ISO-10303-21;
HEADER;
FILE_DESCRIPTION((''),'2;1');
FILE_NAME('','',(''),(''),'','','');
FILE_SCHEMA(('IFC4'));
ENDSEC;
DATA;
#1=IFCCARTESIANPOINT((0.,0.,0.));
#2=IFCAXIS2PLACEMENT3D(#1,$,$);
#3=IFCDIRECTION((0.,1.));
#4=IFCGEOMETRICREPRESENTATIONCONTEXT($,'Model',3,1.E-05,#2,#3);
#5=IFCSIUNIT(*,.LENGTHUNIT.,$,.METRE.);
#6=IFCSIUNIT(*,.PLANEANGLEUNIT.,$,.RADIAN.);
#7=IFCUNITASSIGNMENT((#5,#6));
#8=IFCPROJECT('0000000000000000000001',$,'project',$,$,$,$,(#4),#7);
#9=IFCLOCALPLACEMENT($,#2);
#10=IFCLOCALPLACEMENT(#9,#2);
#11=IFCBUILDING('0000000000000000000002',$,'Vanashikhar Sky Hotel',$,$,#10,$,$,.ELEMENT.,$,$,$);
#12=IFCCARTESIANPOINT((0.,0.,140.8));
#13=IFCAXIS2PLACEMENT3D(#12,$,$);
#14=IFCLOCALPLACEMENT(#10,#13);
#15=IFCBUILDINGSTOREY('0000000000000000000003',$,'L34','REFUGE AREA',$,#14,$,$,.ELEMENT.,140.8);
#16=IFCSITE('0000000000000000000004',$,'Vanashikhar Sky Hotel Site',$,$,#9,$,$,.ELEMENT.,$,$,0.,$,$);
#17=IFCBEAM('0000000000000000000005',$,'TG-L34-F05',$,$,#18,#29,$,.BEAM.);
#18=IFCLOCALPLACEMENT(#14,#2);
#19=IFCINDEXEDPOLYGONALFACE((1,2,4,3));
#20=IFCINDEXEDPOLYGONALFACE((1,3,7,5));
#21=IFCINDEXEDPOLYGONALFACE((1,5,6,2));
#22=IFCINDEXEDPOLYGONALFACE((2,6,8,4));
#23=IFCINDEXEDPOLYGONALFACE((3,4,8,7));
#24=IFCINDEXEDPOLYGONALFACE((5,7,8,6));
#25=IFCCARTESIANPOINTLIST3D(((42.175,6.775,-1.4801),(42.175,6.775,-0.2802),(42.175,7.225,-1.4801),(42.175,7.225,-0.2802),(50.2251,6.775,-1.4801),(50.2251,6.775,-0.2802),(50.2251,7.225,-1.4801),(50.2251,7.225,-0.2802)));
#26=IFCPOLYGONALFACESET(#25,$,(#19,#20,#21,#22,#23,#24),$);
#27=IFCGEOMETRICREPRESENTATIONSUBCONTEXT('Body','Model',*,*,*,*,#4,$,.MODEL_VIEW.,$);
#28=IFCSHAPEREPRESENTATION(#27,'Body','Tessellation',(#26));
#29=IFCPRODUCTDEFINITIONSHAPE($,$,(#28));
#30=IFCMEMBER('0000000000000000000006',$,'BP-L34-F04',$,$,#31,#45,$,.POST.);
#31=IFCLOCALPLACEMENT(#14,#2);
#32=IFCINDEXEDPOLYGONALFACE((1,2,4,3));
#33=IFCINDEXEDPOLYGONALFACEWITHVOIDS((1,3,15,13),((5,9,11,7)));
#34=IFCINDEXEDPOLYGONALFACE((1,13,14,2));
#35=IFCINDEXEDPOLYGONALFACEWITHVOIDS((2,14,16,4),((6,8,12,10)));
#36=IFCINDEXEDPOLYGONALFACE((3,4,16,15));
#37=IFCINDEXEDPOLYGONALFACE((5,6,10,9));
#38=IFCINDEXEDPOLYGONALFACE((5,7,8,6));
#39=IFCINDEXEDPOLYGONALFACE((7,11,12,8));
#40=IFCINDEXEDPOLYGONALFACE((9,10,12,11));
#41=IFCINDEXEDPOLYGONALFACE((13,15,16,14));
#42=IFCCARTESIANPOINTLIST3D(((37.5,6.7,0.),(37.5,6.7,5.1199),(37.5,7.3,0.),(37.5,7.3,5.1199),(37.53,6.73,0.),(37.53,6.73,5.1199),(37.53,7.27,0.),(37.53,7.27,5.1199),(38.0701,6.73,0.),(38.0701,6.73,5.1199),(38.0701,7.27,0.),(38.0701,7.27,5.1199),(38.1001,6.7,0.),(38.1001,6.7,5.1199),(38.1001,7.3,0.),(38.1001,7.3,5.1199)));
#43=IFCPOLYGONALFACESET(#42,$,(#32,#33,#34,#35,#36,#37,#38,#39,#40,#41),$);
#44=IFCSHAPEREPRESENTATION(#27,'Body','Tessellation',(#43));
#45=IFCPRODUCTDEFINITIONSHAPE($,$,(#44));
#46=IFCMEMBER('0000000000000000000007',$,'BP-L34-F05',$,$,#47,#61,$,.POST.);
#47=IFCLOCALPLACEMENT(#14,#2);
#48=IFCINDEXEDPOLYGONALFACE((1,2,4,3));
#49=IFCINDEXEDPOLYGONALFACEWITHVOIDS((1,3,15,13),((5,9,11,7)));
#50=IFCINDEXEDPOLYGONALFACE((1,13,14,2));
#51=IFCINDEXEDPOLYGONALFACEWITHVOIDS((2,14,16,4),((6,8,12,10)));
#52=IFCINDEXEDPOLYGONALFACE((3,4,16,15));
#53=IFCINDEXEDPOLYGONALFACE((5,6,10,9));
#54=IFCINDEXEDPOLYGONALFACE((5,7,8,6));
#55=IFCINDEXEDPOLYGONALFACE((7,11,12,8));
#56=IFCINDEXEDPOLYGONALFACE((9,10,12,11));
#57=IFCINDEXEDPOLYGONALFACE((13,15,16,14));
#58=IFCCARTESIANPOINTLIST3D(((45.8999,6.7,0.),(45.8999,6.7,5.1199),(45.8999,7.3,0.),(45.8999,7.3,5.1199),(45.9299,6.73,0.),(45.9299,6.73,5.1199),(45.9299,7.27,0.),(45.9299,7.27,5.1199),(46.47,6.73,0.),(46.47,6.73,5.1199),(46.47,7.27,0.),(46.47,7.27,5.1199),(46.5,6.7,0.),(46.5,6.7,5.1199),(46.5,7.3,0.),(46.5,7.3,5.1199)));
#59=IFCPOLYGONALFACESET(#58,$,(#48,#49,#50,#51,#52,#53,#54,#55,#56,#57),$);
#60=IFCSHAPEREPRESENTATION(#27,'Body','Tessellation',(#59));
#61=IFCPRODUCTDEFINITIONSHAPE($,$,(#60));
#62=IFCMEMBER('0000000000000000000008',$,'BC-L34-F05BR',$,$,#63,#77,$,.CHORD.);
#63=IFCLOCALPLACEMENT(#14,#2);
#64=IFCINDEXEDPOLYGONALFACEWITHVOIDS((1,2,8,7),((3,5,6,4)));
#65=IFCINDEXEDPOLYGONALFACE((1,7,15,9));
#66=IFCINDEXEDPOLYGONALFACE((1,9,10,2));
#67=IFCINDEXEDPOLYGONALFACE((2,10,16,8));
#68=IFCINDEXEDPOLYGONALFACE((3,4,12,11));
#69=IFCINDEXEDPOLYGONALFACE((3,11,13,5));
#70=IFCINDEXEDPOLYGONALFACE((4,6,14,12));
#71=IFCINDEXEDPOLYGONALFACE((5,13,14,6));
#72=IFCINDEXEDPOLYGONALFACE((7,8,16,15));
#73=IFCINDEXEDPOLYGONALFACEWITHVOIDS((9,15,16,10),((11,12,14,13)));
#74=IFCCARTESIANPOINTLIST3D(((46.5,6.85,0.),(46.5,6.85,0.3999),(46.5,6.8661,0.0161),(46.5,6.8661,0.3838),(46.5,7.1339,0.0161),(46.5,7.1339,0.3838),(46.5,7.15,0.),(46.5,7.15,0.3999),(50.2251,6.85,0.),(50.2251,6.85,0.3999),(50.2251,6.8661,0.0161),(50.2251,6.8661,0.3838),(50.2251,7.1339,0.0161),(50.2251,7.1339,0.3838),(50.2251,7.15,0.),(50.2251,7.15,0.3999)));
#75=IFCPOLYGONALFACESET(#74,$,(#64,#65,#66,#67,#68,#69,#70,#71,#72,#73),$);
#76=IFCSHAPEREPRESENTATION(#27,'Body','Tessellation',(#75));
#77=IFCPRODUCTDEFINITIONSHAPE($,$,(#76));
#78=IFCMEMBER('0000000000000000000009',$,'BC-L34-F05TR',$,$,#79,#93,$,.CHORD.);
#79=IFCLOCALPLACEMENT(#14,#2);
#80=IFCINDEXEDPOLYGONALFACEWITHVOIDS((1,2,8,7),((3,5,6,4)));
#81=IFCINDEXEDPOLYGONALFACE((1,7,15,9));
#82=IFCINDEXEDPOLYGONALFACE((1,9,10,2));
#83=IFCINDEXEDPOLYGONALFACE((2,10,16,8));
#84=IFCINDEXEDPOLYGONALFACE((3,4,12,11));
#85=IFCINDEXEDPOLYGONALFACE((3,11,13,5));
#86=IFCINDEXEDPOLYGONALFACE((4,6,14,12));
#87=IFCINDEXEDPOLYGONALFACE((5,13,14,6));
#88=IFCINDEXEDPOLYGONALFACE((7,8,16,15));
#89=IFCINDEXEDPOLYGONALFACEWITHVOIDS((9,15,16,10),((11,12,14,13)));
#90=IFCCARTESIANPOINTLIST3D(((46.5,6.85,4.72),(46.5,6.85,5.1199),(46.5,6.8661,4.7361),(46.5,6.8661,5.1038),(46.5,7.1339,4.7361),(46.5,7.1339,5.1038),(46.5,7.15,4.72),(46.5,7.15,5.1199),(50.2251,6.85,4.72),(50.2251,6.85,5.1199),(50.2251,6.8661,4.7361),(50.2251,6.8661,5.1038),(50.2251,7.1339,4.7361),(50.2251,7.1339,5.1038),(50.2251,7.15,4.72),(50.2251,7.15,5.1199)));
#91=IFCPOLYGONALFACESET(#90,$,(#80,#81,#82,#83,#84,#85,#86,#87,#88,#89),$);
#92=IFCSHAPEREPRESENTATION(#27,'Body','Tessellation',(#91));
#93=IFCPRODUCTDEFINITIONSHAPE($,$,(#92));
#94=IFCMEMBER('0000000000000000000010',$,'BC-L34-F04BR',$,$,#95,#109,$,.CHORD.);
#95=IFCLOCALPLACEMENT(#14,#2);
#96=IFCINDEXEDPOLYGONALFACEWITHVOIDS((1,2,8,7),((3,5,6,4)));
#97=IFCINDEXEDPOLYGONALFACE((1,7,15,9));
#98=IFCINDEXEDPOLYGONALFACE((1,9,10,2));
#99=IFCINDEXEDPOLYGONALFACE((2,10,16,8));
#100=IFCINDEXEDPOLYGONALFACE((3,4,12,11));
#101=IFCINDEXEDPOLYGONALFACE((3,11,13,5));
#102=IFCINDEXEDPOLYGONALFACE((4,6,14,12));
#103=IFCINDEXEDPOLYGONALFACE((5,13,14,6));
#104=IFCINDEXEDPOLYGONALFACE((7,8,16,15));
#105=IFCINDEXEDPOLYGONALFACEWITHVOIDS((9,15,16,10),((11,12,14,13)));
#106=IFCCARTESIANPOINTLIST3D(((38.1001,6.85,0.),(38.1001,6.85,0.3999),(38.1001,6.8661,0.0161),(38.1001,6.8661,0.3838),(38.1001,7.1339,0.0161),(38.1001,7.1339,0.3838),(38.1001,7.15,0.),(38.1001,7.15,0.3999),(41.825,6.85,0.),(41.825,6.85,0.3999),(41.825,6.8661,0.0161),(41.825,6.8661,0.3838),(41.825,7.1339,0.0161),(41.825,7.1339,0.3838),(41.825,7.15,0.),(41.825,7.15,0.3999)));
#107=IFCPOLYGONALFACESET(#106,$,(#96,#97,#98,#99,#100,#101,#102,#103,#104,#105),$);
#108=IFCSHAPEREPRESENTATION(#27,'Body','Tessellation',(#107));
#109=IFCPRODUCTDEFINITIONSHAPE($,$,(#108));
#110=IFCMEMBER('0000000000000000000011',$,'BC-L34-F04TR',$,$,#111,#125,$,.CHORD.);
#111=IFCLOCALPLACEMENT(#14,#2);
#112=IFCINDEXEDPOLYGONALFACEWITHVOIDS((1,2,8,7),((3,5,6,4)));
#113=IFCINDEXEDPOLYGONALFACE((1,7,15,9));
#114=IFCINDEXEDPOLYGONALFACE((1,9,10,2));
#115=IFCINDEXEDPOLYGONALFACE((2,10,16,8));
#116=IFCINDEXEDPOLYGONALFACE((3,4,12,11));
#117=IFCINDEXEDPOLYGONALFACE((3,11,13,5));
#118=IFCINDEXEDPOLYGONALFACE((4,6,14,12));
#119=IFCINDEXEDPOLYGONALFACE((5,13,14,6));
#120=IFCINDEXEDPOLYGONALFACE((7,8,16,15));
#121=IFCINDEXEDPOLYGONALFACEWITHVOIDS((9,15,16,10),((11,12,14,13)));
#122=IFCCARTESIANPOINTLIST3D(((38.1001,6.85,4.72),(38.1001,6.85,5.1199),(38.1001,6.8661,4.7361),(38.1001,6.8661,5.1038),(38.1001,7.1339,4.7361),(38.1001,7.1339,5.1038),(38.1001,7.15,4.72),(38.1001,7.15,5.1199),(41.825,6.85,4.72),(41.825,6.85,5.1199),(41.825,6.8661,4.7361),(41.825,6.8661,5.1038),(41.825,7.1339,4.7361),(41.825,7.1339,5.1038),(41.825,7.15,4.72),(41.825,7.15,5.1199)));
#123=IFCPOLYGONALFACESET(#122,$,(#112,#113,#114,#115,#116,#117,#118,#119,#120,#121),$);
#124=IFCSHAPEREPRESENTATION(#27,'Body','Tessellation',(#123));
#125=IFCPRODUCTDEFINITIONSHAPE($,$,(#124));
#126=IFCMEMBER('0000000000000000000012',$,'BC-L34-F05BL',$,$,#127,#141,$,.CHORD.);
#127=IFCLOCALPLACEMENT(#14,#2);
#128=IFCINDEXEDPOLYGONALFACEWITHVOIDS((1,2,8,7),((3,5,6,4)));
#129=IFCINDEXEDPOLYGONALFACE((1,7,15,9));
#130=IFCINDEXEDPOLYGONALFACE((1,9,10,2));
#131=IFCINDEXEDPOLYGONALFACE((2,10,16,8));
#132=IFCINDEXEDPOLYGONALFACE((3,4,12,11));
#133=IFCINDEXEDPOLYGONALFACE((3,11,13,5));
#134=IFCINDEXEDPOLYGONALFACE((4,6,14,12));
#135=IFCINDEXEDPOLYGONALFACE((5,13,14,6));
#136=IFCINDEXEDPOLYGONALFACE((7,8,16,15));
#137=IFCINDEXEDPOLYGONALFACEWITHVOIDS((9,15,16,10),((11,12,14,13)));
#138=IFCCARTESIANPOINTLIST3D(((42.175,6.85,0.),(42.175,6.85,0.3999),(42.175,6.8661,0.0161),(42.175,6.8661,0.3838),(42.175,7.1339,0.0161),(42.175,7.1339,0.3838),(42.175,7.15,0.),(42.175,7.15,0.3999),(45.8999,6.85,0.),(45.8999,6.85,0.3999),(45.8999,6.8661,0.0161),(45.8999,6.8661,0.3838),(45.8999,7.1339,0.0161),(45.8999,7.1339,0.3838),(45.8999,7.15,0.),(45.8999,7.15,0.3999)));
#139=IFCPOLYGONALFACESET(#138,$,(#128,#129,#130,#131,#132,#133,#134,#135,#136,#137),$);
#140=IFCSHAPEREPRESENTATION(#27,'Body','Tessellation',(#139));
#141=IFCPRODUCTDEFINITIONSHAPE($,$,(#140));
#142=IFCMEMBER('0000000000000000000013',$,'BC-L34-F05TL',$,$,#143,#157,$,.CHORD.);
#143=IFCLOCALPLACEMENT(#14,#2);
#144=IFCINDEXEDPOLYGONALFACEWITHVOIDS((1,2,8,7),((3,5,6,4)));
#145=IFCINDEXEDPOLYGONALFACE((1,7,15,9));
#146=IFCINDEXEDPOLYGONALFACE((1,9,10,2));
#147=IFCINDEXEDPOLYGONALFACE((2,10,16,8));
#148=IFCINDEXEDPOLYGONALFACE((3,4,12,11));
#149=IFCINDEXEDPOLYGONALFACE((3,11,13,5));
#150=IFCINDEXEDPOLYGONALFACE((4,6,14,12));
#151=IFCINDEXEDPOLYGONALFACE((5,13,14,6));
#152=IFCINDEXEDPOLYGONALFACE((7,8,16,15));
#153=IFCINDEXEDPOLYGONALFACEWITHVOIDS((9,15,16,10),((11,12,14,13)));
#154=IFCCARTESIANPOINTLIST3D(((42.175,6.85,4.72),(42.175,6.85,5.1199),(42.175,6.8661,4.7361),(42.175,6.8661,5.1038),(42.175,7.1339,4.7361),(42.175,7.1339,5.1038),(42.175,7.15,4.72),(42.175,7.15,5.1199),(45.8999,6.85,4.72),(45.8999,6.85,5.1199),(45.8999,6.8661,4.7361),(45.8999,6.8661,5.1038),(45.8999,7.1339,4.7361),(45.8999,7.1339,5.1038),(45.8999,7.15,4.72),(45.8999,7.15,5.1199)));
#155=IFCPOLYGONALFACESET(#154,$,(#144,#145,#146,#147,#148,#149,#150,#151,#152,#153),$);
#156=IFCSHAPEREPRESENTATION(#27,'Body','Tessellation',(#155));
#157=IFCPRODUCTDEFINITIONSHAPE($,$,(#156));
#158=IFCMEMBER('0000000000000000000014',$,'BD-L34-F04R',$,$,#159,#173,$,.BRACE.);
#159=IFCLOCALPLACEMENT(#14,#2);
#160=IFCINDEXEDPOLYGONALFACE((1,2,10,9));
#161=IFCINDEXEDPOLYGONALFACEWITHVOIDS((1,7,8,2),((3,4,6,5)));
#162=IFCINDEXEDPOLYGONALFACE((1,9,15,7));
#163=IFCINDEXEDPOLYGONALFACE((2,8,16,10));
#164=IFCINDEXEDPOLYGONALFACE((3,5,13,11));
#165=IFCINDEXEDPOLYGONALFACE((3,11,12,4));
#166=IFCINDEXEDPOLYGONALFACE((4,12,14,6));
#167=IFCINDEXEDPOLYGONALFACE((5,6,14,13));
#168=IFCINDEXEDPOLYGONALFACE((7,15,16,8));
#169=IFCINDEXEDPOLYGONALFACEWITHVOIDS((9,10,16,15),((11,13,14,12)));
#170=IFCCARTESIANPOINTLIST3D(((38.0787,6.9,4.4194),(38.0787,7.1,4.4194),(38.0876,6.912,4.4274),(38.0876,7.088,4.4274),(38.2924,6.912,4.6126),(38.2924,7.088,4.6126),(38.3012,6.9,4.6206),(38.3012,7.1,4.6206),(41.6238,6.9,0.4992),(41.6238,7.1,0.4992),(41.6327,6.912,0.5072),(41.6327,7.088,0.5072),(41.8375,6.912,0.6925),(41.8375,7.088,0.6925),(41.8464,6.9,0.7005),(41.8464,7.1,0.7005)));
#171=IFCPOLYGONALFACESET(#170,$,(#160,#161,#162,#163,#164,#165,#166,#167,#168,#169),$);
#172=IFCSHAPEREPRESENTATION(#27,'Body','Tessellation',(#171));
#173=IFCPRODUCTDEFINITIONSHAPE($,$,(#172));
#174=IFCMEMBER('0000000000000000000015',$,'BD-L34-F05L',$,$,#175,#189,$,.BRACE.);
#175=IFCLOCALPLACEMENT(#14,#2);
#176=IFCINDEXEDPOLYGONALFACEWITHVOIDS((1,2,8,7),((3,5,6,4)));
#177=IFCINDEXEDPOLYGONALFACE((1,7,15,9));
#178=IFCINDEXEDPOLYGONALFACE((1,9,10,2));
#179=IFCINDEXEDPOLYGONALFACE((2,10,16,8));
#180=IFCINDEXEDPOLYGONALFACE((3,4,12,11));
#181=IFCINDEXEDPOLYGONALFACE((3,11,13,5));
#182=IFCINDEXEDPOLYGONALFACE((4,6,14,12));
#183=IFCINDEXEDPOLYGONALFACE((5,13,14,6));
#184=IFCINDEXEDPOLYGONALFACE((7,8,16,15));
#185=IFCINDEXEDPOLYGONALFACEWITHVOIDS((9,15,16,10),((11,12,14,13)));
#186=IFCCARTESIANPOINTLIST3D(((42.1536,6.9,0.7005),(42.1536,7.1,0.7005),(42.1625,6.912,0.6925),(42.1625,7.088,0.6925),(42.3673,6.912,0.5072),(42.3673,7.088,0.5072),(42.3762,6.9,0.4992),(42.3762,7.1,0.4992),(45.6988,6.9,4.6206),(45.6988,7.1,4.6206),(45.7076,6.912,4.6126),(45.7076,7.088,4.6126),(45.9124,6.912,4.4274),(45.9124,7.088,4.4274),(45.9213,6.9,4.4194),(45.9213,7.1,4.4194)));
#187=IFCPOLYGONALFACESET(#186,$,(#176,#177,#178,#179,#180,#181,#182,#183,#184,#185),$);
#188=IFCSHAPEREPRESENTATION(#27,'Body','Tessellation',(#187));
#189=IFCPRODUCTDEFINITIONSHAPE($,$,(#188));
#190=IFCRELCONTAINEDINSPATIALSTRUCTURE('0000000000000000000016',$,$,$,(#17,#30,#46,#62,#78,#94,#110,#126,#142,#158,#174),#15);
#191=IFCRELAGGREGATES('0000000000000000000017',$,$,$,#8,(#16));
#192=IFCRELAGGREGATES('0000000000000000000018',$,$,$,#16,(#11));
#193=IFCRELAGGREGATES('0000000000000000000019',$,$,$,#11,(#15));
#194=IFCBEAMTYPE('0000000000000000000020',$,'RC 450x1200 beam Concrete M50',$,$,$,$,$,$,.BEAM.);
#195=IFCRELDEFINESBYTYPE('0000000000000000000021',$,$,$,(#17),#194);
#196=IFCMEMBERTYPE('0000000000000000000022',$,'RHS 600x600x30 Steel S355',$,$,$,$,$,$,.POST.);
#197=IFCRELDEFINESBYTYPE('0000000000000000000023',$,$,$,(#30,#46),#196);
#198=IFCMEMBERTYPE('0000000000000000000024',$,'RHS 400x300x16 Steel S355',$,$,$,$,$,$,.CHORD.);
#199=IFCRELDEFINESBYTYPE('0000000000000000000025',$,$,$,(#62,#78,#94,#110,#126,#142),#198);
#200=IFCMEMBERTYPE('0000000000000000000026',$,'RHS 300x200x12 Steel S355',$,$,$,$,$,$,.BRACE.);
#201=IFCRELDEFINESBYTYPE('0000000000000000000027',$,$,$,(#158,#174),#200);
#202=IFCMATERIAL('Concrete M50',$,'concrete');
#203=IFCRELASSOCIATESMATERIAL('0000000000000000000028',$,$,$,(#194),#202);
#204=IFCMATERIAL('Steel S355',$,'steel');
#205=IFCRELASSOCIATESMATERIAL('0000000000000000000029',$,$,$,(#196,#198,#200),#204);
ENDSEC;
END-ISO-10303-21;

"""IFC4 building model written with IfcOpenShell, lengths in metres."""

from ifc_helpers import new_model, si_unit, direction, frame, origin, origin_2d, place, context, subcontext, project, spatial, rectangle, hollow_rectangle, extrude, source, transform, mapped, material, material_profile, profile_set, type_object, element, save


model = new_model("IFC4")

# Units and contexts
model_context = context("Model", 3, precision=1e-05, world=origin(), true_north=direction((0.0, 1.0)))
body_context = subcontext(model_context, "Body", "Model", "MODEL_VIEW")
ifc_project = project(units=[si_unit("LENGTHUNIT", "METRE"), si_unit("PLANEANGLEUNIT", "RADIAN")], contexts=[model_context])

# Site, building, storey
site_placement = place(None, origin())
site = spatial("IfcSite", under=ifc_project, at=site_placement, Name="Vanashikhar Sky Hotel Site", CompositionType="ELEMENT", RefElevation=0.0)
building_placement = place(site_placement, origin())
building = spatial("IfcBuilding", under=site, at=building_placement, Name="Vanashikhar Sky Hotel", CompositionType="ELEMENT")
storey_placement = place(building_placement, frame((0.0, 0.0, 140.8)))
storey = spatial("IfcBuildingStorey", under=building, at=storey_placement, Name="L34", Description="REFUGE AREA", CompositionType="ELEMENT", Elevation=140.8)

# Beam
ifc_material_1 = material(Name="Concrete M50", Category="concrete")
ifc_material_profile_1 = material_profile(ifc_material_1, rectangle(XDim=0.45, YDim=1.2, at=origin_2d()))
ifc_profile_set_1 = profile_set([ifc_material_profile_1], Name="RC 450x1200 beam Concrete M50")
beam_type = type_object("IfcBeamType", Name="RC 450x1200 beam Concrete M50", PredefinedType="BEAM", material=ifc_profile_set_1)
shared_shape_1 = source(origin(), body_context, "Body", "SweptSolid", [
    extrude(rectangle(XDim=0.45, YDim=1.2, at=origin_2d()), origin(), (0.0, 0.0, 1.0), 8.05),
])
beam_placement = place(storey_placement, frame((42.175, 7.0, -0.8801), z_axis=(1.0, 0.0, 0.0), x_axis=(0.0, 1.0, 0.0)))
element("IfcBeam", 1, at=beam_placement, inside=storey, type_object=beam_type, Name="TG-L34-F05", PredefinedType="BEAM", context=body_context, shape_type="MappedRepresentation", body=[
    mapped(shared_shape_1, transform((0.0, 0.0, 0.0), scale=1.0)),
])

# Members
ifc_material_2 = material(Name="Steel S355", Category="steel")
ifc_material_profile_2 = material_profile(ifc_material_2, hollow_rectangle(XDim=0.6001, YDim=0.6001, WallThickness=0.03, at=origin_2d()))
ifc_profile_set_2 = profile_set([ifc_material_profile_2], Name="RHS 600x600x30 Steel S355")
member_type_1 = type_object("IfcMemberType", Name="RHS 600x600x30 Steel S355", PredefinedType="POST", material=ifc_profile_set_2)
shared_shape_2 = source(origin(), body_context, "Body", "SweptSolid", [
    extrude(hollow_rectangle(XDim=0.6001, YDim=0.6001, WallThickness=0.03, at=origin_2d()), origin(), (0.0, 0.0, 1.0), 5.1199),
])
for number, where, z_axis, x_axis, name in (
    (2, (37.8, 7.0, 0.0), (0.0, 0.0, 1.0), (1.0, 0.0, 0.0), "BP-L34-F04"),
    (3, (46.2, 7.0, 0.0), (0.0, 0.0, 1.0), (1.0, 0.0, 0.0), "BP-L34-F05"),
):
    element("IfcMember", number, at=place(storey_placement, frame(where, z_axis=z_axis, x_axis=x_axis)), inside=storey, type_object=member_type_1, Name=name, PredefinedType="POST", context=body_context, shape_type="MappedRepresentation", body=[
        mapped(shared_shape_2, transform((0.0, 0.0, 0.0), scale=1.0)),
    ])
ifc_material_profile_3 = material_profile(ifc_material_2, hollow_rectangle(XDim=0.3, YDim=0.3999, WallThickness=0.0161, at=origin_2d()))
ifc_profile_set_3 = profile_set([ifc_material_profile_3], Name="RHS 400x300x16 Steel S355")
member_type_2 = type_object("IfcMemberType", Name="RHS 400x300x16 Steel S355", PredefinedType="CHORD", material=ifc_profile_set_3)
shared_shape_3 = source(origin(), body_context, "Body", "SweptSolid", [
    extrude(hollow_rectangle(XDim=0.3, YDim=0.3999, WallThickness=0.0161, at=origin_2d()), origin(), (0.0, 0.0, 1.0), 3.7251),
])
for number, where, z_axis, x_axis, name in (
    (4, (46.5, 7.0, 0.2), (1.0, 0.0, 0.0), (0.0, 1.0, 0.0), "BC-L34-F05BR"),
    (5, (46.5, 7.0, 4.9199), (1.0, 0.0, 0.0), (0.0, 1.0, 0.0), "BC-L34-F05TR"),
):
    element("IfcMember", number, at=place(storey_placement, frame(where, z_axis=z_axis, x_axis=x_axis)), inside=storey, type_object=member_type_2, Name=name, PredefinedType="CHORD", context=body_context, shape_type="MappedRepresentation", body=[
        mapped(shared_shape_3, transform((0.0, 0.0, 0.0), scale=1.0)),
    ])
shared_shape_4 = source(origin(), body_context, "Body", "SweptSolid", [
    extrude(hollow_rectangle(XDim=0.3, YDim=0.3999, WallThickness=0.0161, at=origin_2d()), origin(), (0.0, 0.0, 1.0), 3.7249),
])
for number, where, z_axis, x_axis, name in (
    (6, (38.1001, 7.0, 0.2), (1.0, 0.0, 0.0), (0.0, 1.0, 0.0), "BC-L34-F04BR"),
    (7, (38.1001, 7.0, 4.9199), (1.0, 0.0, 0.0), (0.0, 1.0, 0.0), "BC-L34-F04TR"),
    (8, (42.175, 7.0, 0.2), (1.0, 0.0, 0.0), (0.0, 1.0, 0.0), "BC-L34-F05BL"),
    (9, (42.175, 7.0, 4.9199), (1.0, 0.0, 0.0), (0.0, 1.0, 0.0), "BC-L34-F05TL"),
):
    element("IfcMember", number, at=place(storey_placement, frame(where, z_axis=z_axis, x_axis=x_axis)), inside=storey, type_object=member_type_2, Name=name, PredefinedType="CHORD", context=body_context, shape_type="MappedRepresentation", body=[
        mapped(shared_shape_4, transform((0.0, 0.0, 0.0), scale=1.0)),
    ])
ifc_material_profile_4 = material_profile(ifc_material_2, hollow_rectangle(XDim=0.2, YDim=0.3, WallThickness=0.012, at=origin_2d()))
ifc_profile_set_4 = profile_set([ifc_material_profile_4], Name="RHS 300x200x12 Steel S355")
member_type_3 = type_object("IfcMemberType", Name="RHS 300x200x12 Steel S355", PredefinedType="BRACE", material=ifc_profile_set_4)
shared_shape_5 = source(origin(), body_context, "Body", "SweptSolid", [
    extrude(hollow_rectangle(XDim=0.2, YDim=0.3, WallThickness=0.012, at=origin_2d()), origin(), (0.0, 0.0, 1.0), 5.2854),
])
for number, where, z_axis, x_axis, name in (
    (10, (41.7351, 7.0, 0.5999), (-0.670742, 0.0, 0.741691), (0.0, -1.0, 0.0), "BD-L34-F04R"),
    (11, (42.2649, 7.0, 0.5999), (0.670742, 0.0, 0.741691), (0.0, 1.0, 0.0), "BD-L34-F05L"),
):
    element("IfcMember", number, at=place(storey_placement, frame(where, z_axis=z_axis, x_axis=x_axis)), inside=storey, type_object=member_type_3, Name=name, PredefinedType="BRACE", context=body_context, shape_type="MappedRepresentation", body=[
        mapped(shared_shape_5, transform((0.0, 0.0, 0.0), scale=1.0)),
    ])

save(model, "model.ifc")
